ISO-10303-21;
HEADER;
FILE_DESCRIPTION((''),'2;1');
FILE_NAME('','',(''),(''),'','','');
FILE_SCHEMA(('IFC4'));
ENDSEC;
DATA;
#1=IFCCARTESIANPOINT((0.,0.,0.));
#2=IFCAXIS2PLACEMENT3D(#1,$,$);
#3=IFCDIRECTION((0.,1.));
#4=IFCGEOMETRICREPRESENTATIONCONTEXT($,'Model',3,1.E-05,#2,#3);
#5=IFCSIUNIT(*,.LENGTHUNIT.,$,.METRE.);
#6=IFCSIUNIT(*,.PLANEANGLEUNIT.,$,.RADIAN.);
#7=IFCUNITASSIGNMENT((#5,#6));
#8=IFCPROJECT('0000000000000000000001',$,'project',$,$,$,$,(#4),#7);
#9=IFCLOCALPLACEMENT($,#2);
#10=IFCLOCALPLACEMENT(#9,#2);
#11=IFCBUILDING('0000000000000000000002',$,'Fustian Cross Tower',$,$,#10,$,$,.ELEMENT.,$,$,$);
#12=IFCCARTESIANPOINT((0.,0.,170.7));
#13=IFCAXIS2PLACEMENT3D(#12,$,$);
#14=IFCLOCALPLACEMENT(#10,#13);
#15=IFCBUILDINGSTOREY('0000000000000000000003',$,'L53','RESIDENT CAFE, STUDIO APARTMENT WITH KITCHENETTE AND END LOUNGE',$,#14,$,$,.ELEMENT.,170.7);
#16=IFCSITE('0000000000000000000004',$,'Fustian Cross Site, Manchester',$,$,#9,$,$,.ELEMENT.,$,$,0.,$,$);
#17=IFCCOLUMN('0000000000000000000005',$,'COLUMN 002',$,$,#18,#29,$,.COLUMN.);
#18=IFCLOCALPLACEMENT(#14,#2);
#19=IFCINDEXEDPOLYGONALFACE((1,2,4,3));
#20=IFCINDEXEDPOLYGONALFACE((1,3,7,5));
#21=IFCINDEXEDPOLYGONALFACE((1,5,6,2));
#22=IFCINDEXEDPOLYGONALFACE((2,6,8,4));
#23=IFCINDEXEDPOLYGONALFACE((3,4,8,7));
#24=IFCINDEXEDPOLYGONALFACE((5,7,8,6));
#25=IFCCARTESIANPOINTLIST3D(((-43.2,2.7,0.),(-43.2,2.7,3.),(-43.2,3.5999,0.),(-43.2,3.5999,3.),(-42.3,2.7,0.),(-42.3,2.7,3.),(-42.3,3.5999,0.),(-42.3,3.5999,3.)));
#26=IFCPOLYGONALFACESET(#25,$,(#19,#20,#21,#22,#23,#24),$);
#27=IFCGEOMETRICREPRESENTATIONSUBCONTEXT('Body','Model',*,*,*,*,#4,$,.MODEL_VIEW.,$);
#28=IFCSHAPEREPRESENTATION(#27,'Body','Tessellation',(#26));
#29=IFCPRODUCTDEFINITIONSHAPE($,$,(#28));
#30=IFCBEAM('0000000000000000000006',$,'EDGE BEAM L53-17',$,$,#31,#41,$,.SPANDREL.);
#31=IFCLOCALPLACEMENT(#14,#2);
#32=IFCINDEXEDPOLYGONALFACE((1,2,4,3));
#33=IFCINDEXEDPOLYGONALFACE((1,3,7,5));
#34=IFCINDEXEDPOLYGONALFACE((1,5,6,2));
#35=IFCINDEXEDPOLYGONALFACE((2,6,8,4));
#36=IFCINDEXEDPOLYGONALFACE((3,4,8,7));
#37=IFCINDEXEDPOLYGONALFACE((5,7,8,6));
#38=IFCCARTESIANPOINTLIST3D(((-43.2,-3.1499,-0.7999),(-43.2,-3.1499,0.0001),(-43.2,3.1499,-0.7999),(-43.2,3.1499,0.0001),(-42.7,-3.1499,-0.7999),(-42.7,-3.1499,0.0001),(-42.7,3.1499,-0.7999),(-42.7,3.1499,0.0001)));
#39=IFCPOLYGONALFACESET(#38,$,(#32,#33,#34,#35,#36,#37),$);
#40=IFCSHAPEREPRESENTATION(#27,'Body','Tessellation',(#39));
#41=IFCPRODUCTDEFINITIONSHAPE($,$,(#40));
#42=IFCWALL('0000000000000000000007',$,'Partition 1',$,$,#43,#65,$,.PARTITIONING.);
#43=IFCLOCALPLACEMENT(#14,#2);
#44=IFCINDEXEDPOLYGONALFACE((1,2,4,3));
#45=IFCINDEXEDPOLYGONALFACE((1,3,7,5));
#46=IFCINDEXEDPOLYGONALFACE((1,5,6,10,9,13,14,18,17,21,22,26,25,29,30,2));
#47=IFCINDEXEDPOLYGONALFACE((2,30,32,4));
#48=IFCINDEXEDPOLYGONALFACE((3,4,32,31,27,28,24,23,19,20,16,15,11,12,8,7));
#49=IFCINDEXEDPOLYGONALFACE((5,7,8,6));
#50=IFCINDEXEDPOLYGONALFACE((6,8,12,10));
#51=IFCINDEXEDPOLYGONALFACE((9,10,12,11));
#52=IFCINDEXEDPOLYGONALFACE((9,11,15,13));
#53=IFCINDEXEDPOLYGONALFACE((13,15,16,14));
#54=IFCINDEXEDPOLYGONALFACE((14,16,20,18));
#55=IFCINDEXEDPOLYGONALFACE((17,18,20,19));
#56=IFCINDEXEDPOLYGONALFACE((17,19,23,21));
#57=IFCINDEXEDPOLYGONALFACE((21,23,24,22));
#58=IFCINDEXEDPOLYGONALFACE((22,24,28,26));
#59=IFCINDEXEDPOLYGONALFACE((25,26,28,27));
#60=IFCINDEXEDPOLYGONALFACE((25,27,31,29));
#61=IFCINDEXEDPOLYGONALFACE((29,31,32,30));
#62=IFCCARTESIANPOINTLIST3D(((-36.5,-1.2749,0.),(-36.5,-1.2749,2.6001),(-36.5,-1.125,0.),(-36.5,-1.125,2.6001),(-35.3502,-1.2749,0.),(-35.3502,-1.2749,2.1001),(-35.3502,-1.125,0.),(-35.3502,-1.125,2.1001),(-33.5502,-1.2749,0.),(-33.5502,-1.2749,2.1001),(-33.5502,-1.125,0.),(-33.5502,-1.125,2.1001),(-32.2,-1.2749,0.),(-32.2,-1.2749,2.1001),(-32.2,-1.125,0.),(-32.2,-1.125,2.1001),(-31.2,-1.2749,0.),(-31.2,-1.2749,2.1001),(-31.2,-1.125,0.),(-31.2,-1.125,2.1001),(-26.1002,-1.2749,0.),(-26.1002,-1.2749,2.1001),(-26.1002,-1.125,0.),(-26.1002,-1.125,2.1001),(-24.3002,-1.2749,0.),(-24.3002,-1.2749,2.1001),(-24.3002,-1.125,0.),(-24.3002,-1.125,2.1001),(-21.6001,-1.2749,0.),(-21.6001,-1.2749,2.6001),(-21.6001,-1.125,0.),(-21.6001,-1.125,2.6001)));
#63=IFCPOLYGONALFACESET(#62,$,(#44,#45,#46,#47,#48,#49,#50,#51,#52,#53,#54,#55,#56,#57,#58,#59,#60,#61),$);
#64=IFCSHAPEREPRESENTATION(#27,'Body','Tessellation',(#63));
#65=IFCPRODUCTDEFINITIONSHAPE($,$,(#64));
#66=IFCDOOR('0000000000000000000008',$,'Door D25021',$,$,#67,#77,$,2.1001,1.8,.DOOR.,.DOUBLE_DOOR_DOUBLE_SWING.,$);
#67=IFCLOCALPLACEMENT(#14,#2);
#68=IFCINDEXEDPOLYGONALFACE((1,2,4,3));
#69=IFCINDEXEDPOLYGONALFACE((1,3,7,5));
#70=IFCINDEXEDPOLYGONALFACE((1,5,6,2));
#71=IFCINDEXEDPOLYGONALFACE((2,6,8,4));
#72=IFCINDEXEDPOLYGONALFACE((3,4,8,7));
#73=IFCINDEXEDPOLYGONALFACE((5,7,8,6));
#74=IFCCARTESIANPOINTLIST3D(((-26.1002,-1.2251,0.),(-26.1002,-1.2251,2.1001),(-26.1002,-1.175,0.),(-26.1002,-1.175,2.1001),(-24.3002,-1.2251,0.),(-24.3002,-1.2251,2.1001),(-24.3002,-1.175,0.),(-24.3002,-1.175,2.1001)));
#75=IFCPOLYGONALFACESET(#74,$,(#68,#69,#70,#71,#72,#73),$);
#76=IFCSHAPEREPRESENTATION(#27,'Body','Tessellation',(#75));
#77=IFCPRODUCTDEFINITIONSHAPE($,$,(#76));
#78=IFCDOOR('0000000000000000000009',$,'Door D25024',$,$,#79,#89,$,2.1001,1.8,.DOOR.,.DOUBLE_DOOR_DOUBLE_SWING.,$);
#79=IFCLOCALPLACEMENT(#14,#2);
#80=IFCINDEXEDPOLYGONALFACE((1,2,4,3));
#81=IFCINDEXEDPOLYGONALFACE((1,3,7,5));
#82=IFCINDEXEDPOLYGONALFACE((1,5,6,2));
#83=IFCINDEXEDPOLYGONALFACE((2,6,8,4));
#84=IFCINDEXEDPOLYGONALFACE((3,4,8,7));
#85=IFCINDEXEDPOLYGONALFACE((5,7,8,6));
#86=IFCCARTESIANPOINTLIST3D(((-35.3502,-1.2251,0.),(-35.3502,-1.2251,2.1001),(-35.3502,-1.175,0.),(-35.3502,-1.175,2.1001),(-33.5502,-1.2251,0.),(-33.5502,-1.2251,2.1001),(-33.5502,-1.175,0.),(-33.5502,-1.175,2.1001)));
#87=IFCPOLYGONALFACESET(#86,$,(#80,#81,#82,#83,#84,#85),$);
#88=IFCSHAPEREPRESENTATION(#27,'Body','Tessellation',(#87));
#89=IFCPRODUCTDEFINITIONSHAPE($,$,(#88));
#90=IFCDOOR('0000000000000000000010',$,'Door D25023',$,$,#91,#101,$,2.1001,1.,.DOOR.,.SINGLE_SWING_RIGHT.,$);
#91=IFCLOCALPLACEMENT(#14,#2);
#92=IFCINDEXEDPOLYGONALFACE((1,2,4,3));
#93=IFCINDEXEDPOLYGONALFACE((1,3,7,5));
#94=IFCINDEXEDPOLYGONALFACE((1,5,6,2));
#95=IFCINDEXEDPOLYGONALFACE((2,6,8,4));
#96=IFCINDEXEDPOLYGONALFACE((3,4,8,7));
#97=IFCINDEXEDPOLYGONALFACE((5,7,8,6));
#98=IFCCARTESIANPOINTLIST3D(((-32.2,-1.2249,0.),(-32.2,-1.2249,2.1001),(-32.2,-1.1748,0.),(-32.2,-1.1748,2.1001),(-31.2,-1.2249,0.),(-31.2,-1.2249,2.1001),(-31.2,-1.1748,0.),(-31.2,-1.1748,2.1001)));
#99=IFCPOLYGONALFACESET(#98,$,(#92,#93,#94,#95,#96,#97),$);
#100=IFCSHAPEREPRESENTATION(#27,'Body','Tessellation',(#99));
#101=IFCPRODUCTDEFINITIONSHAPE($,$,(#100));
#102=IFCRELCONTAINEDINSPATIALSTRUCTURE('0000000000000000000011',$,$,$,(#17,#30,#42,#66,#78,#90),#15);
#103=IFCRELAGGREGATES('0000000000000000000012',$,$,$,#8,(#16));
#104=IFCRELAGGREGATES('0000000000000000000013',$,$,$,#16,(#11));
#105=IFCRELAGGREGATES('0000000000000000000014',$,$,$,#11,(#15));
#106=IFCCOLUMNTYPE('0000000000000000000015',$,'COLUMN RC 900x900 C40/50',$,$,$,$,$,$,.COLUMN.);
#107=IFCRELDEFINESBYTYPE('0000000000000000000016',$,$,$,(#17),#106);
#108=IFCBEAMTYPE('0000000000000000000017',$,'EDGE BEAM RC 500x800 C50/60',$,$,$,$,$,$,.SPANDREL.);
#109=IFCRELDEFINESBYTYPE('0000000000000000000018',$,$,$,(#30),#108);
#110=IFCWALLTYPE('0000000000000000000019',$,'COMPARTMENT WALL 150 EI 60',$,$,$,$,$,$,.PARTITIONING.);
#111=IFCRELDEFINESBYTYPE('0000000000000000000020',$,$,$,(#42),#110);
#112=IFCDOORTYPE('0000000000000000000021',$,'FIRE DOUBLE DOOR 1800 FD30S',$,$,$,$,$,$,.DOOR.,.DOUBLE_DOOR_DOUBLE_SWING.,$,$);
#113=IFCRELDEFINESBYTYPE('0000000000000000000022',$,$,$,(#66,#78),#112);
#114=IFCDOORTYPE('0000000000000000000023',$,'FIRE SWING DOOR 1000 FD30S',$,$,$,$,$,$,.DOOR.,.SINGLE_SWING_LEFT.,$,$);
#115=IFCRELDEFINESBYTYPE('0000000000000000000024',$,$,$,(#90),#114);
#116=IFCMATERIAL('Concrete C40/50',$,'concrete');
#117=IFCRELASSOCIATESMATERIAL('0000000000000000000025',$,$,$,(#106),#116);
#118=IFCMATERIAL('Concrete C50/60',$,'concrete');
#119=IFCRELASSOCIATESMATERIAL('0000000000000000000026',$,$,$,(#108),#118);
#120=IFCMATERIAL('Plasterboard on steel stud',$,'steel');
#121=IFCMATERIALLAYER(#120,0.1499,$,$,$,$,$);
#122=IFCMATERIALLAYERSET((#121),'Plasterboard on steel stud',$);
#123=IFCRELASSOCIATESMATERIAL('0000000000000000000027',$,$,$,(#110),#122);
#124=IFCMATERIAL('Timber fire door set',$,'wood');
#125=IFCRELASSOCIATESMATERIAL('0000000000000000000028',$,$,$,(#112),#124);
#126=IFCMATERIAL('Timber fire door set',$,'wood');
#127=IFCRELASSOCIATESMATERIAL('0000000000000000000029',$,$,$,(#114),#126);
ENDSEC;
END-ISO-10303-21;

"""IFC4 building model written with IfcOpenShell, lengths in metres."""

from ifc_helpers import new_model, si_unit, direction, frame, frame_2d, origin, origin_2d, place, context, subcontext, project, spatial, rectangle, extrude, material, layer, layer_set, material_profile, profile_set, type_object, element, fill, save


model = new_model("IFC4")

# Units and contexts
model_context = context("Model", 3, precision=1e-05, world=origin(), true_north=direction((0.0, 1.0)))
body_context = subcontext(model_context, "Body", "Model", "MODEL_VIEW")
ifc_project = project(units=[si_unit("LENGTHUNIT", "METRE"), si_unit("PLANEANGLEUNIT", "RADIAN")], contexts=[model_context])

# Site, building, storey
site_placement = place(None, origin())
site = spatial("IfcSite", under=ifc_project, at=site_placement, Name="Fustian Cross Site, Manchester", CompositionType="ELEMENT", RefElevation=0.0)
building_placement = place(site_placement, origin())
building = spatial("IfcBuilding", under=site, at=building_placement, Name="Fustian Cross Tower", CompositionType="ELEMENT")
storey_placement = place(building_placement, frame((0.0, 0.0, 170.7)))
storey = spatial("IfcBuildingStorey", under=building, at=storey_placement, Name="L53", Description="RESIDENT CAFE, STUDIO APARTMENT WITH KITCHENETTE AND END LOUNGE", CompositionType="ELEMENT", Elevation=170.7)

# Column
ifc_material_1 = material(Name="Concrete C40/50", Category="concrete")
ifc_material_profile_1 = material_profile(ifc_material_1, rectangle(XDim=0.8999, YDim=0.8999, at=origin_2d()), Name="RC 900x900")
ifc_profile_set_1 = profile_set([ifc_material_profile_1], Name="Concrete C40/50")
column_type = type_object("IfcColumnType", Name="COLUMN RC 900x900 C40/50", PredefinedType="COLUMN", material=ifc_profile_set_1)
column_placement = place(storey_placement, frame((-42.75, 3.1499, 0.0), z_axis=(0.0, 0.0, 1.0), x_axis=(1.0, 0.0, 0.0)))
element("IfcColumn", 1, at=column_placement, inside=storey, type_object=column_type, Name="COLUMN 002", PredefinedType="COLUMN", context=body_context, shape_type="SweptSolid", body=[
    extrude(rectangle(XDim=0.8999, YDim=0.8999, at=origin_2d()), origin(), (0.0, 0.0, 1.0), 3.0),
])

# Beam
ifc_material_2 = material(Name="Concrete C50/60", Category="concrete")
ifc_material_profile_2 = material_profile(ifc_material_2, rectangle(XDim=0.5, YDim=0.8, at=origin_2d()), Name="RC 500x800")
ifc_profile_set_2 = profile_set([ifc_material_profile_2], Name="Concrete C50/60")
beam_type = type_object("IfcBeamType", Name="EDGE BEAM RC 500x800 C50/60", PredefinedType="SPANDREL", material=ifc_profile_set_2)
beam_placement = place(storey_placement, frame((-42.95, 3.1499, -0.3999), z_axis=(0.0, -1.0, 0.0), x_axis=(1.0, 0.0, 0.0)))
element("IfcBeam", 2, at=beam_placement, inside=storey, type_object=beam_type, Name="EDGE BEAM L53-17", PredefinedType="SPANDREL", context=body_context, shape_type="SweptSolid", body=[
    extrude(rectangle(XDim=0.5, YDim=0.8, at=origin_2d()), origin(), (0.0, 0.0, 1.0), 6.2998),
])

# Wall, openings, doors
ifc_material_3 = material(Name="Plasterboard on steel stud", Category="steel")
ifc_layer_1 = layer(ifc_material_3, 0.1499)
ifc_layer_set_1 = layer_set([ifc_layer_1], Name="Plasterboard on steel stud")
wall_type_1 = type_object("IfcWallType", Name="COMPARTMENT WALL 150 EI 60", PredefinedType="PARTITIONING", material=ifc_layer_set_1)
wall_1_placement = place(storey_placement, frame((-36.5, -1.2, 0.0), z_axis=(0.0, 0.0, 1.0), x_axis=(1.0, 0.0, 0.0)))
wall_1 = element("IfcWall", 3, at=wall_1_placement, inside=storey, type_object=wall_type_1, Name="Partition 1", PredefinedType="PARTITIONING", context=body_context, shape_type="SweptSolid", body=[
    extrude(rectangle(XDim=14.8999, YDim=0.1499, at=frame_2d((7.45, 0.0))), origin(), (0.0, 0.0, 1.0), 2.6001),
])
opening_1_placement = place(wall_1_placement, frame((10.3999, 0.0, 0.0)))
opening_1 = element("IfcOpeningElement", 4, at=opening_1_placement, cuts=wall_1, PredefinedType="OPENING", context=body_context, shape_type="SweptSolid", body=[
    extrude(rectangle(XDim=1.8, YDim=2.1001, at=frame_2d((0.8999, 1.05))), frame((0.0, 0.085, 0.0), z_axis=(0.0, -1.0, 0.0), x_axis=(1.0, 0.0, 0.0)), (0.0, 0.0, 1.0), 0.1699),
])
opening_2_placement = place(wall_1_placement, frame((4.3, 0.0, 0.0)))
opening_2 = element("IfcOpeningElement", 5, at=opening_2_placement, cuts=wall_1, PredefinedType="OPENING", context=body_context, shape_type="SweptSolid", body=[
    extrude(rectangle(XDim=1.0, YDim=2.1001, at=frame_2d((0.5, 1.05))), frame((0.0, 0.085, 0.0), z_axis=(0.0, -1.0, 0.0), x_axis=(1.0, 0.0, 0.0)), (0.0, 0.0, 1.0), 0.1699),
])
opening_3_placement = place(wall_1_placement, frame((1.1499, 0.0, 0.0)))
opening_3 = element("IfcOpeningElement", 6, at=opening_3_placement, cuts=wall_1, PredefinedType="OPENING", context=body_context, shape_type="SweptSolid", body=[
    extrude(rectangle(XDim=1.8, YDim=2.1001, at=frame_2d((0.8999, 1.05))), frame((0.0, 0.085, 0.0), z_axis=(0.0, -1.0, 0.0), x_axis=(1.0, 0.0, 0.0)), (0.0, 0.0, 1.0), 0.1699),
])
ifc_material_4 = material(Name="Timber fire door set", Category="wood")
door_type_1 = type_object("IfcDoorType", Name="FIRE DOUBLE DOOR 1800 FD30S", OperationType="DOUBLE_DOOR_DOUBLE_SWING", PredefinedType="DOOR", material=ifc_material_4)
door_1_placement = place(opening_1_placement, origin())
door_1 = element("IfcDoor", 7, at=door_1_placement, inside=storey, type_object=door_type_1, Name="Door D25021", OperationType="DOUBLE_DOOR_DOUBLE_SWING", OverallHeight=2.1001, OverallWidth=1.8, PredefinedType="DOOR", context=body_context, shape_type="SweptSolid", body=[
    extrude(rectangle(XDim=1.8, YDim=2.1001, at=frame_2d((0.8999, 1.05))), frame((0.0, 0.0249, 0.0), z_axis=(0.0, -1.0, 0.0), x_axis=(1.0, 0.0, 0.0)), (0.0, 0.0, 1.0), 0.05),
])
fill(opening_1, door_1)
door_2_placement = place(opening_3_placement, origin())
door_2 = element("IfcDoor", 8, at=door_2_placement, inside=storey, type_object=door_type_1, Name="Door D25024", OperationType="DOUBLE_DOOR_DOUBLE_SWING", OverallHeight=2.1001, OverallWidth=1.8, PredefinedType="DOOR", context=body_context, shape_type="SweptSolid", body=[
    extrude(rectangle(XDim=1.8, YDim=2.1001, at=frame_2d((0.8999, 1.05))), frame((0.0, 0.0249, 0.0), z_axis=(0.0, -1.0, 0.0), x_axis=(1.0, 0.0, 0.0)), (0.0, 0.0, 1.0), 0.05),
])
fill(opening_3, door_2)
ifc_material_5 = material(Name="Timber fire door set", Category="wood")
door_type_2 = type_object("IfcDoorType", Name="FIRE SWING DOOR 1000 FD30S", OperationType="SINGLE_SWING_LEFT", PredefinedType="DOOR", material=ifc_material_5)
door_3_placement = place(opening_2_placement, frame((1.0, 0.0, 0.0), z_axis=(0.0, 0.0, 1.0), x_axis=(-1.0, 0.0, 0.0)))
door_3 = element("IfcDoor", 9, at=door_3_placement, inside=storey, type_object=door_type_2, Name="Door D25023", OperationType="SINGLE_SWING_RIGHT", OverallHeight=2.1001, OverallWidth=1.0, PredefinedType="DOOR", context=body_context, shape_type="SweptSolid", body=[
    extrude(rectangle(XDim=1.0, YDim=2.1001, at=frame_2d((0.5, 1.05))), frame((0.0, 0.0249, 0.0), z_axis=(0.0, -1.0, 0.0), x_axis=(1.0, 0.0, 0.0)), (0.0, 0.0, 1.0), 0.05),
])
fill(opening_2, door_3)

save(model, "model.ifc")
